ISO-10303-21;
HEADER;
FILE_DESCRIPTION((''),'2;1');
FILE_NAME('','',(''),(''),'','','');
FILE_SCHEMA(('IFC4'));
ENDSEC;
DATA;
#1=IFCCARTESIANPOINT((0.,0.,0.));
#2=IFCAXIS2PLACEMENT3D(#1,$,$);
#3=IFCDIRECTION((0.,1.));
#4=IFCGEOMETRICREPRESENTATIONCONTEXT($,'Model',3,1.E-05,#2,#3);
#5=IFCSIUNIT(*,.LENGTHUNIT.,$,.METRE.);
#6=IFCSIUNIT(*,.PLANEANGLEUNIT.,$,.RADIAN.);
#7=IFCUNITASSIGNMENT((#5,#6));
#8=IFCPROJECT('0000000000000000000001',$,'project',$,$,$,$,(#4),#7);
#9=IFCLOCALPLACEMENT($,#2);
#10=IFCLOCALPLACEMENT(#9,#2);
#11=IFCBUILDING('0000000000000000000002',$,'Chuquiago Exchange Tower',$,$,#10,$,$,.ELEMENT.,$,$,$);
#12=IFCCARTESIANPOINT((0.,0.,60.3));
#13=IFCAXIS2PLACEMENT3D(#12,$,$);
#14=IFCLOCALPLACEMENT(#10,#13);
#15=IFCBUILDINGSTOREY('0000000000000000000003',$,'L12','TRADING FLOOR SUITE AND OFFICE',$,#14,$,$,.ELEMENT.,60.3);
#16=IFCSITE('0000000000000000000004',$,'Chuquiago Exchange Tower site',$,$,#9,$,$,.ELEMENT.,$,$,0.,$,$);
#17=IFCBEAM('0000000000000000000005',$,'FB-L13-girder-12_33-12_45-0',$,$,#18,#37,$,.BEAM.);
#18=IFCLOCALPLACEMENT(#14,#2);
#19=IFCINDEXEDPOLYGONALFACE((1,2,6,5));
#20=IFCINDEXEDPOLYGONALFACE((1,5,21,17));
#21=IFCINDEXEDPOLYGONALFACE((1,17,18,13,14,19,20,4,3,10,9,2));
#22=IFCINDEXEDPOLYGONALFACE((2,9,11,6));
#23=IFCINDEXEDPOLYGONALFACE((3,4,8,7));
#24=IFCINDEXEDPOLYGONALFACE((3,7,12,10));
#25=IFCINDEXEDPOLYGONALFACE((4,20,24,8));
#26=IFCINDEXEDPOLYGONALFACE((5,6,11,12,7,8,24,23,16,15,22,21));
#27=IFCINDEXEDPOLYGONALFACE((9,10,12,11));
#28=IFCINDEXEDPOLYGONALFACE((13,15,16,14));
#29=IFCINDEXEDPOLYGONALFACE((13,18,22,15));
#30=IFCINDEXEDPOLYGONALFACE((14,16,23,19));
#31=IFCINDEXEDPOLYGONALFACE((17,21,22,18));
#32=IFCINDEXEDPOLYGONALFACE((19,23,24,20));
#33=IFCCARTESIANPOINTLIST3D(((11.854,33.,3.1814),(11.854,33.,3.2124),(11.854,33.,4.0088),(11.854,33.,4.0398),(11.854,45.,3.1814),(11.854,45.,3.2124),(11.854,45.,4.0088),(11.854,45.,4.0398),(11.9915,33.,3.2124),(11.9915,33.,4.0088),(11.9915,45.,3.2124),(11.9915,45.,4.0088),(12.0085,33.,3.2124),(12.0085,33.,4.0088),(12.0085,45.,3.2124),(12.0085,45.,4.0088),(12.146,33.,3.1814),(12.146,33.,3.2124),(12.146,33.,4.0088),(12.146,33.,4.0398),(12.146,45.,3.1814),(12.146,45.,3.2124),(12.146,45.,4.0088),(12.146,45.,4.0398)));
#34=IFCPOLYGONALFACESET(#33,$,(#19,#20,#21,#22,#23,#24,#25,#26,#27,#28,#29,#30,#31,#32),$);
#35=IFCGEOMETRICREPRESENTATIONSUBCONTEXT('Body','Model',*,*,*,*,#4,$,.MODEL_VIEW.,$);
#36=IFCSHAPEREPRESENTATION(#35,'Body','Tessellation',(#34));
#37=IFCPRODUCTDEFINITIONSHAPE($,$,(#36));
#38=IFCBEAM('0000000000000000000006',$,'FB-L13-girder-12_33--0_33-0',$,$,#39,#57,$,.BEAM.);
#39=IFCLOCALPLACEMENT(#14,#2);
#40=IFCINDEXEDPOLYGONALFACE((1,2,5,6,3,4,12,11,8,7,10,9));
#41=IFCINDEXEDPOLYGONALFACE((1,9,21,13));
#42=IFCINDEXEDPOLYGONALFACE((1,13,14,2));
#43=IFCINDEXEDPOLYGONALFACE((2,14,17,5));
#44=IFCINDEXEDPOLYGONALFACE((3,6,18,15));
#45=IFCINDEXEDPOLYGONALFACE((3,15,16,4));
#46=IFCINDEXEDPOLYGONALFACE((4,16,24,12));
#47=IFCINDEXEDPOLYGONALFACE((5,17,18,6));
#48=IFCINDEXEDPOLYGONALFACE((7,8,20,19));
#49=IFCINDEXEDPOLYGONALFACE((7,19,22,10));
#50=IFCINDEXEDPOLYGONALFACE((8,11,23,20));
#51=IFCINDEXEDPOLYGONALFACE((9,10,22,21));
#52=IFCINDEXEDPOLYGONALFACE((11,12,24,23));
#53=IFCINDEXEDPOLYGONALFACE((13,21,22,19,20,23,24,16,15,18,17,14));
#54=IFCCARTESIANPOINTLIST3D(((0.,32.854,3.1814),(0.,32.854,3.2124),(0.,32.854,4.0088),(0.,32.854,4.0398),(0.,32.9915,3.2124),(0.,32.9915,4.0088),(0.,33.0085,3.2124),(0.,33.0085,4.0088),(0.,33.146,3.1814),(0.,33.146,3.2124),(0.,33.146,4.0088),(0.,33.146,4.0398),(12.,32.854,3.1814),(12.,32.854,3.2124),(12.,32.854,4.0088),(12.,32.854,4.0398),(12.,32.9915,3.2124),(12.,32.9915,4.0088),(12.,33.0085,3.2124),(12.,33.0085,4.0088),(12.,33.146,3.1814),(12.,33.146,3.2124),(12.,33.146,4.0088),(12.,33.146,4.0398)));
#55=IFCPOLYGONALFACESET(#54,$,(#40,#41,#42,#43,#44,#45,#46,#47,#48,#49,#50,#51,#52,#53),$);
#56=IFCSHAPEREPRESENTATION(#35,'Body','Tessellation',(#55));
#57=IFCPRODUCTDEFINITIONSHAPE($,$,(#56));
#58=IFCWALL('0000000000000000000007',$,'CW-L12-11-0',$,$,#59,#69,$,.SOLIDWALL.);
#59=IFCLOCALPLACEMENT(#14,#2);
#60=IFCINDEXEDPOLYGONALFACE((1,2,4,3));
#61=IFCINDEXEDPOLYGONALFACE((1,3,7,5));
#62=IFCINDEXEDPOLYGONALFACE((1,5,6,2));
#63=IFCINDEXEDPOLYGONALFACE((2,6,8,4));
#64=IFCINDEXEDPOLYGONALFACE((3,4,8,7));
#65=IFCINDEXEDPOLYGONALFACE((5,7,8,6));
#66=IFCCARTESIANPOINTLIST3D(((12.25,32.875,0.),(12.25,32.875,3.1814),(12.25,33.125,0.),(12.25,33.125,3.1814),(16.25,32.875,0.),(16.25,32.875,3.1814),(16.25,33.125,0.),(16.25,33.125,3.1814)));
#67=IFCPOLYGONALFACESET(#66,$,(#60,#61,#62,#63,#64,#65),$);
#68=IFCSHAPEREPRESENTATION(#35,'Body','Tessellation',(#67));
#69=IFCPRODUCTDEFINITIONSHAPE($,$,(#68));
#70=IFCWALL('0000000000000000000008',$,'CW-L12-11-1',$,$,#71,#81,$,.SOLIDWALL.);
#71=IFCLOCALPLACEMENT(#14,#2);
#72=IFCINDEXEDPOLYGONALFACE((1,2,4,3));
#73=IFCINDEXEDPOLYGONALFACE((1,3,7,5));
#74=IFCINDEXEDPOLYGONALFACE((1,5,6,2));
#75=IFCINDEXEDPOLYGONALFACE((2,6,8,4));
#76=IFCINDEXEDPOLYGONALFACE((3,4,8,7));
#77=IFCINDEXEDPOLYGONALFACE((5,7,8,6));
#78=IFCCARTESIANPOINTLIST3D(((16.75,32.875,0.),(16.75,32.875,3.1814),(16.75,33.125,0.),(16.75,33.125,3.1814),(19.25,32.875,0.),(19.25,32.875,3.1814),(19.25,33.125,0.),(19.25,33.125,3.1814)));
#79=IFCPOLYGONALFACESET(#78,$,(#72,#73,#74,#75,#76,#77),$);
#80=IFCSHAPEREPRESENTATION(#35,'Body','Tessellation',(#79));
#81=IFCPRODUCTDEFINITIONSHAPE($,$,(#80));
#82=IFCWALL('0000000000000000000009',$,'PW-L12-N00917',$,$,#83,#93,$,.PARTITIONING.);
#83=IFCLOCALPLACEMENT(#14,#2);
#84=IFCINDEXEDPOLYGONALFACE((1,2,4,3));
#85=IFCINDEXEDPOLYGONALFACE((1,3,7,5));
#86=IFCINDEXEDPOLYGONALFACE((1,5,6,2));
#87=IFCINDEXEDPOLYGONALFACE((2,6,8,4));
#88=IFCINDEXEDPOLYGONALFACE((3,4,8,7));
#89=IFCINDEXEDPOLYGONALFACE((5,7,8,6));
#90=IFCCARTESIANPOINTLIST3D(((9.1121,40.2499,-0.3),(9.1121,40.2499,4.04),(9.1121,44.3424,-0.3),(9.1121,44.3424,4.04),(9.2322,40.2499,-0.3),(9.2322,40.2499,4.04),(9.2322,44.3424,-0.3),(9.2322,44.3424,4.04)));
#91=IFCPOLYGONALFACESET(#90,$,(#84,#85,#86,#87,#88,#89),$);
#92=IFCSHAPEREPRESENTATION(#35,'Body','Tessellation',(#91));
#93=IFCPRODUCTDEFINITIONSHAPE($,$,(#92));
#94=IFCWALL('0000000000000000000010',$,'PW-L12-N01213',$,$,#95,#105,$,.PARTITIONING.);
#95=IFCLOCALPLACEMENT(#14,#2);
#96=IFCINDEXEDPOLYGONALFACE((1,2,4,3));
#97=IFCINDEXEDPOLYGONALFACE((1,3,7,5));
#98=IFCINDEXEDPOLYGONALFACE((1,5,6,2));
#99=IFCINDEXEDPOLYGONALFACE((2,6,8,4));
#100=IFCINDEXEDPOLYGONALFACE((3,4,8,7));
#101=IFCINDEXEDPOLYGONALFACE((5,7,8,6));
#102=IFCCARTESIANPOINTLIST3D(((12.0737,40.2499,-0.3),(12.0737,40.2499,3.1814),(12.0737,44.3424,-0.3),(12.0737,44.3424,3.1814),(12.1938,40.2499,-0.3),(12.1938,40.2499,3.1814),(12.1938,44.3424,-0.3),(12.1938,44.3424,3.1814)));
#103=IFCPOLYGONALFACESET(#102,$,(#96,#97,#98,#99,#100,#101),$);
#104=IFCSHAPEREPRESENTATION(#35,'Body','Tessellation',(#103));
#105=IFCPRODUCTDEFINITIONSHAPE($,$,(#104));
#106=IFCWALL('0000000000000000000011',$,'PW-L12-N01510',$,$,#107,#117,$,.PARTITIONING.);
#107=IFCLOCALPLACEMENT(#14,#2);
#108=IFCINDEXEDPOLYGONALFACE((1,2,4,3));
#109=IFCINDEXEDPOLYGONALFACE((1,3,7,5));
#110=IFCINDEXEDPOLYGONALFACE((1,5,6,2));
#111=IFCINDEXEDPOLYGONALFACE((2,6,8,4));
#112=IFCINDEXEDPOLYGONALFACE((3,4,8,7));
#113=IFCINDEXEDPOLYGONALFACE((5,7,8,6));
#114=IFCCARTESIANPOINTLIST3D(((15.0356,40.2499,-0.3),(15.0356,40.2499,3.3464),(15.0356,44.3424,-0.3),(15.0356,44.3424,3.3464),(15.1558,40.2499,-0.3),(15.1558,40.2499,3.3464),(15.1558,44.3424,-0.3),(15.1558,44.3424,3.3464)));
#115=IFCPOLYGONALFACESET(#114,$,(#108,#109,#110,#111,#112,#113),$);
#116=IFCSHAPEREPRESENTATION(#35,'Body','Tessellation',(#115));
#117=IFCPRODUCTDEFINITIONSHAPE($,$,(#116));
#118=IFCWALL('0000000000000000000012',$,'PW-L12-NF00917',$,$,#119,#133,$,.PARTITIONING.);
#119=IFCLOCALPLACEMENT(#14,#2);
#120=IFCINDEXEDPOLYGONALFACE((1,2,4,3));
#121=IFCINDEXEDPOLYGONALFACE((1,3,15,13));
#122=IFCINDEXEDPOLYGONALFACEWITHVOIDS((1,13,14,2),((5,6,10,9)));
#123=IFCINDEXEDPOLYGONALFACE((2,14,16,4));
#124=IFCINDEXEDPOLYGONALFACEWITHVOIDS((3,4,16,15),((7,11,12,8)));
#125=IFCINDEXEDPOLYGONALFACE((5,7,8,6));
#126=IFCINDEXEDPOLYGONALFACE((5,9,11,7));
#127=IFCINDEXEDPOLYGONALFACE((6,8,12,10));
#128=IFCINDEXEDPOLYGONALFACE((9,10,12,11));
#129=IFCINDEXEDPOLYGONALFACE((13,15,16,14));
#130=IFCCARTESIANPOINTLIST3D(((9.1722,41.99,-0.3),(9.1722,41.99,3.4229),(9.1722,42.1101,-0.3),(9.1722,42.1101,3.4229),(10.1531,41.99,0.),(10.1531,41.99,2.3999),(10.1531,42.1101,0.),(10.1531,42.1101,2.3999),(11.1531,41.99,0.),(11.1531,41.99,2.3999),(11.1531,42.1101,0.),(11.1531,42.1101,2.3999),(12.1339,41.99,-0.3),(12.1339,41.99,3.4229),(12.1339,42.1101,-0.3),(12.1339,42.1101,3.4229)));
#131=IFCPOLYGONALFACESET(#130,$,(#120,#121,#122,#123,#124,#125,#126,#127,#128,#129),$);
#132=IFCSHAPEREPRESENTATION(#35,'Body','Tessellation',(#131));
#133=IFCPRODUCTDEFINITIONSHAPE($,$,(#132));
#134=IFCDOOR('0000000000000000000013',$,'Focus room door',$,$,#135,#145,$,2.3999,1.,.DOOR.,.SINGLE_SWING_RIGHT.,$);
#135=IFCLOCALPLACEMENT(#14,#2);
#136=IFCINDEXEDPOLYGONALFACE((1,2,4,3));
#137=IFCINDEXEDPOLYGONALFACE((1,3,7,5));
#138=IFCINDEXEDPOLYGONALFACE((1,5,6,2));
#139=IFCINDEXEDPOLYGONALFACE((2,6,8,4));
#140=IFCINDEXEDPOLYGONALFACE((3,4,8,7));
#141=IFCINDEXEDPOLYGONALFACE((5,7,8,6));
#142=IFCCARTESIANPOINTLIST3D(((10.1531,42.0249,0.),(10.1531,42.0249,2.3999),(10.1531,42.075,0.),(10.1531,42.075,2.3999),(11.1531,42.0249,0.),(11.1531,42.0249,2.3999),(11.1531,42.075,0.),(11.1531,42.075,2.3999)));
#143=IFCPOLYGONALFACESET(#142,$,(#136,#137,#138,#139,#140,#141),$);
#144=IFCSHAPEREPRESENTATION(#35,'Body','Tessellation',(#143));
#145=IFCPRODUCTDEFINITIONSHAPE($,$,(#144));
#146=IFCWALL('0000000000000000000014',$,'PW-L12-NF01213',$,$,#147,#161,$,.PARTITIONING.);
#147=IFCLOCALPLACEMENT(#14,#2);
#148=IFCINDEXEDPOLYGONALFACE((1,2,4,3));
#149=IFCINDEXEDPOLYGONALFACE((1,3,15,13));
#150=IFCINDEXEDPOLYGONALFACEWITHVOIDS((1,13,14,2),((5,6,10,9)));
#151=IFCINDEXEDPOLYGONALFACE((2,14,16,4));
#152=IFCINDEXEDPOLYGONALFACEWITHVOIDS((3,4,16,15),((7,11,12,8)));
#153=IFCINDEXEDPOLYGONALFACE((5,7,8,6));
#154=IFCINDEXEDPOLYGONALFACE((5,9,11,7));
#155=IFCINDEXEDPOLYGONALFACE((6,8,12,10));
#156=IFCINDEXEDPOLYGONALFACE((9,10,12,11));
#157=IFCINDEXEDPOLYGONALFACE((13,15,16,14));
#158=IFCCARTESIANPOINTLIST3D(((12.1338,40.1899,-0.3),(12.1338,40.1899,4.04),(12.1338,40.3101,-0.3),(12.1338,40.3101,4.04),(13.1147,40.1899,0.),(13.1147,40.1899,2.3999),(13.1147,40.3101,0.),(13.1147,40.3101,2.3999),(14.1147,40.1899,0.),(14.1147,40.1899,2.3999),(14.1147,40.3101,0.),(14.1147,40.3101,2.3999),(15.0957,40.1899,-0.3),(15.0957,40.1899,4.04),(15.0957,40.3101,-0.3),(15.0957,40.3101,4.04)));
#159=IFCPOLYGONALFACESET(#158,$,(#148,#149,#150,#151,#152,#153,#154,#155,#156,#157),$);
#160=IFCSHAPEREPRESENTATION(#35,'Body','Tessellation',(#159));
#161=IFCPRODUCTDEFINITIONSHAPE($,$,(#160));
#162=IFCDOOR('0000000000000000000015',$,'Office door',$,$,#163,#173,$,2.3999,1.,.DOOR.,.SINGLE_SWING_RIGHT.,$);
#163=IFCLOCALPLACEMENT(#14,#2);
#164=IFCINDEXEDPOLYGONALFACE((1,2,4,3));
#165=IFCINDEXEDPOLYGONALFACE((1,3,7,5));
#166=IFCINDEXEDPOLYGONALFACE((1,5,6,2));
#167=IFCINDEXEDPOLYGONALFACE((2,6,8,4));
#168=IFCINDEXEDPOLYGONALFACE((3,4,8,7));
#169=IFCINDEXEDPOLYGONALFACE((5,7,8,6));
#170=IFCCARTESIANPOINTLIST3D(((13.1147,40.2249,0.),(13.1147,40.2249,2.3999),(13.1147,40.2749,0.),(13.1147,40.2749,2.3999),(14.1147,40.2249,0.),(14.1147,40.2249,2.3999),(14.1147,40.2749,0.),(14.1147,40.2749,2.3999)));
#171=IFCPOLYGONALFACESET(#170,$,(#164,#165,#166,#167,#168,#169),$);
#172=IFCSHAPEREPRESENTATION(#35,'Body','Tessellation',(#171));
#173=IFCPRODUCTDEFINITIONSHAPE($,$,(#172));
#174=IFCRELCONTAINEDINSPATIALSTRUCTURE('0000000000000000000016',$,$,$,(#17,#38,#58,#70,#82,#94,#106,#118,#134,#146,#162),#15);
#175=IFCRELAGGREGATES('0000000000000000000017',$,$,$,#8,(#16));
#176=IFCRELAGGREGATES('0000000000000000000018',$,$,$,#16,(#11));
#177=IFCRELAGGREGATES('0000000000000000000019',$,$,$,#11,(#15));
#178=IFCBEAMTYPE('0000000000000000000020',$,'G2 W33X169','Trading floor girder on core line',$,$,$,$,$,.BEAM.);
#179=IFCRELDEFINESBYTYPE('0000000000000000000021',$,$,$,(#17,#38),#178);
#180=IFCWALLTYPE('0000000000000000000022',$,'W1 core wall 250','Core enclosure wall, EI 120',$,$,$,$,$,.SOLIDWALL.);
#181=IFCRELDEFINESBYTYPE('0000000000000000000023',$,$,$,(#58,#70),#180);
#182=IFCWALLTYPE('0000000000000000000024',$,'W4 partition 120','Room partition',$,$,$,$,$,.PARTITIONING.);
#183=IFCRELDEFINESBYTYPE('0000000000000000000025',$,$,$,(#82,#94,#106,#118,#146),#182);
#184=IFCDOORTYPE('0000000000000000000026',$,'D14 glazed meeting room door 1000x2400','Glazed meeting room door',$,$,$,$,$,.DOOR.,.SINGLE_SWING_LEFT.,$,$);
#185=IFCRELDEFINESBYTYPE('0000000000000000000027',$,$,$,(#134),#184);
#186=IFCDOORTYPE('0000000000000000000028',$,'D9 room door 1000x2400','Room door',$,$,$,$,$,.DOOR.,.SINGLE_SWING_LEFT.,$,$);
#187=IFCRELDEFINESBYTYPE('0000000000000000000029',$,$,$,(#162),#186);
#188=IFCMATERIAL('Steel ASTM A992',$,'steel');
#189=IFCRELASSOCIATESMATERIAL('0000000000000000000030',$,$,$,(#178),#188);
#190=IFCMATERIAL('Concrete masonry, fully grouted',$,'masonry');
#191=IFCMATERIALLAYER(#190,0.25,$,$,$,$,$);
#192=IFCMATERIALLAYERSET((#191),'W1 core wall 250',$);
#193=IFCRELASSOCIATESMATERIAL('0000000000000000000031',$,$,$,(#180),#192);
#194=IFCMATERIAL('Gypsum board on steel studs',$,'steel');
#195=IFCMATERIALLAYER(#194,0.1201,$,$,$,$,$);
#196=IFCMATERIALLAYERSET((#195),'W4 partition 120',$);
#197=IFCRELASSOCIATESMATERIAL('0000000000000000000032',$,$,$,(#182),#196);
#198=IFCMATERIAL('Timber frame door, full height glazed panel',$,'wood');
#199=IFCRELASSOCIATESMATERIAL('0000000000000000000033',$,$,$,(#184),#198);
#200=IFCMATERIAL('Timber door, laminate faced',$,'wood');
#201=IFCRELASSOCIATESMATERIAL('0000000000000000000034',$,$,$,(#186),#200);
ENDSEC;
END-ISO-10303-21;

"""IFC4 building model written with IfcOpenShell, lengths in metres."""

from ifc_helpers import new_model, si_unit, direction, frame, frame_2d, origin, origin_2d, place, context, subcontext, project, spatial, rectangle, i_section, extrude, material, layer, layer_set, material_profile, profile_set, type_object, element, fill, save


model = new_model("IFC4")

# Units and contexts
model_context = context("Model", 3, precision=1e-05, world=origin(), true_north=direction((0.0, 1.0)))
body_context = subcontext(model_context, "Body", "Model", "MODEL_VIEW")
ifc_project = project(units=[si_unit("LENGTHUNIT", "METRE"), si_unit("PLANEANGLEUNIT", "RADIAN")], contexts=[model_context])

# Site, building, storey
site_placement = place(None, origin())
site = spatial("IfcSite", under=ifc_project, at=site_placement, Name="Chuquiago Exchange Tower site", CompositionType="ELEMENT", RefElevation=0.0)
building_placement = place(site_placement, origin())
building = spatial("IfcBuilding", under=site, at=building_placement, Name="Chuquiago Exchange Tower", CompositionType="ELEMENT")
storey_placement = place(building_placement, frame((0.0, 0.0, 60.3)))
storey = spatial("IfcBuildingStorey", under=building, at=storey_placement, Name="L12", Description="TRADING FLOOR SUITE AND OFFICE", CompositionType="ELEMENT", Elevation=60.3)

# Beams
ifc_material_1 = material(Name="Steel ASTM A992", Category="steel")
ifc_material_profile_1 = material_profile(ifc_material_1, i_section(OverallWidth=0.292, OverallDepth=0.8584, WebThickness=0.0171, FlangeThickness=0.031, at=origin_2d()), Name="W33X169")
ifc_profile_set_1 = profile_set([ifc_material_profile_1], Name="Steel ASTM A992")
beam_type_1 = type_object("IfcBeamType", Name="G2 W33X169", Description="Trading floor girder on core line", PredefinedType="BEAM", material=ifc_profile_set_1)
for number, where, z_axis, x_axis, name in (
    (1, (12.0, 33.0, 3.6106), (0.0, 1.0, 0.0), (-1.0, 0.0, 0.0), "FB-L13-girder-12_33-12_45-0"),
    (2, (12.0, 33.0, 3.6106), (-1.0, 0.0, 0.0), (0.0, -1.0, 0.0), "FB-L13-girder-12_33--0_33-0"),
):
    element("IfcBeam", number, at=place(storey_placement, frame(where, z_axis=z_axis, x_axis=x_axis)), inside=storey, type_object=beam_type_1, Name=name, PredefinedType="BEAM", context=body_context, shape_type="SweptSolid", body=[
        extrude(i_section(OverallWidth=0.292, OverallDepth=0.8584, WebThickness=0.0171, FlangeThickness=0.031, at=origin_2d()), origin(), (0.0, 0.0, 1.0), 12.0),
    ])

# Walls
ifc_material_2 = material(Name="Concrete masonry, fully grouted", Category="masonry")
ifc_layer_1 = layer(ifc_material_2, 0.25)
ifc_layer_set_1 = layer_set([ifc_layer_1], Name="W1 core wall 250")
wall_type_1 = type_object("IfcWallType", Name="W1 core wall 250", Description="Core enclosure wall, EI 120", PredefinedType="SOLIDWALL", material=ifc_layer_set_1)
wall_1_placement = place(storey_placement, frame((12.25, 33.0, 0.0), z_axis=(0.0, 0.0, 1.0), x_axis=(1.0, 0.0, 0.0)))
element("IfcWall", 3, at=wall_1_placement, inside=storey, type_object=wall_type_1, Name="CW-L12-11-0", PredefinedType="SOLIDWALL", context=body_context, shape_type="SweptSolid", body=[
    extrude(rectangle(XDim=4.0, YDim=0.25, at=frame_2d((2.0, 0.0))), origin(), (0.0, 0.0, 1.0), 3.1814),
])
wall_2_placement = place(storey_placement, frame((16.75, 33.0, 0.0), z_axis=(0.0, 0.0, 1.0), x_axis=(1.0, 0.0, 0.0)))
element("IfcWall", 4, at=wall_2_placement, inside=storey, type_object=wall_type_1, Name="CW-L12-11-1", PredefinedType="SOLIDWALL", context=body_context, shape_type="SweptSolid", body=[
    extrude(rectangle(XDim=2.5, YDim=0.25, at=frame_2d((1.25, 0.0))), origin(), (0.0, 0.0, 1.0), 3.1814),
])
ifc_material_3 = material(Name="Gypsum board on steel studs", Category="steel")
ifc_layer_2 = layer(ifc_material_3, 0.1201)
ifc_layer_set_2 = layer_set([ifc_layer_2], Name="W4 partition 120")
wall_type_2 = type_object("IfcWallType", Name="W4 partition 120", Description="Room partition", PredefinedType="PARTITIONING", material=ifc_layer_set_2)
wall_3_placement = place(storey_placement, frame((9.1721, 44.3425, -0.3), z_axis=(0.0, 0.0, 1.0), x_axis=(0.0, -1.0, 0.0)))
element("IfcWall", 5, at=wall_3_placement, inside=storey, type_object=wall_type_2, Name="PW-L12-N00917", PredefinedType="PARTITIONING", context=body_context, shape_type="SweptSolid", body=[
    extrude(rectangle(XDim=4.0925, YDim=0.1201, at=frame_2d((2.0464, 0.0))), origin(), (0.0, 0.0, 1.0), 4.3401),
])
wall_4_placement = place(storey_placement, frame((12.1338, 44.3425, -0.3), z_axis=(0.0, 0.0, 1.0), x_axis=(0.0, -1.0, 0.0)))
element("IfcWall", 6, at=wall_4_placement, inside=storey, type_object=wall_type_2, Name="PW-L12-N01213", PredefinedType="PARTITIONING", context=body_context, shape_type="SweptSolid", body=[
    extrude(rectangle(XDim=4.0925, YDim=0.1201, at=frame_2d((2.0464, 0.0))), origin(), (0.0, 0.0, 1.0), 3.4814),
])
wall_5_placement = place(storey_placement, frame((15.0957, 44.3425, -0.3), z_axis=(0.0, 0.0, 1.0), x_axis=(0.0, -1.0, 0.0)))
element("IfcWall", 7, at=wall_5_placement, inside=storey, type_object=wall_type_2, Name="PW-L12-N01510", PredefinedType="PARTITIONING", context=body_context, shape_type="SweptSolid", body=[
    extrude(rectangle(XDim=4.0925, YDim=0.1201, at=frame_2d((2.0464, 0.0))), origin(), (0.0, 0.0, 1.0), 3.6465),
])

# Walls, openings, doors
wall_6_placement = place(storey_placement, frame((9.1721, 42.05, -0.3), z_axis=(0.0, 0.0, 1.0), x_axis=(1.0, 0.0, 0.0)))
wall_6 = element("IfcWall", 8, at=wall_6_placement, inside=storey, type_object=wall_type_2, Name="PW-L12-NF00917", PredefinedType="PARTITIONING", context=body_context, shape_type="SweptSolid", body=[
    extrude(rectangle(XDim=2.9617, YDim=0.1201, at=frame_2d((1.481, 0.0))), origin(), (0.0, 0.0, 1.0), 3.7229),
])
opening_1_placement = place(wall_6_placement, frame((0.981, 0.0, 0.3)))
opening_1 = element("IfcOpeningElement", 9, at=opening_1_placement, cuts=wall_6, PredefinedType="OPENING", context=body_context, shape_type="SweptSolid", body=[
    extrude(rectangle(XDim=1.0, YDim=2.3999, at=frame_2d((0.5, 1.2))), frame((0.0, 0.0701, 0.0), z_axis=(0.0, -1.0, 0.0), x_axis=(1.0, 0.0, 0.0)), (0.0, 0.0, 1.0), 0.1401),
])
ifc_material_4 = material(Name="Timber frame door, full height glazed panel", Category="wood")
door_type_1 = type_object("IfcDoorType", Name="D14 glazed meeting room door 1000x2400", Description="Glazed meeting room door", OperationType="SINGLE_SWING_LEFT", PredefinedType="DOOR", material=ifc_material_4)
door_1_placement = place(opening_1_placement, origin())
door_1 = element("IfcDoor", 10, at=door_1_placement, inside=storey, type_object=door_type_1, Name="Focus room door", OperationType="SINGLE_SWING_RIGHT", OverallHeight=2.3999, OverallWidth=1.0, PredefinedType="DOOR", context=body_context, shape_type="SweptSolid", body=[
    extrude(rectangle(XDim=1.0, YDim=2.3999, at=frame_2d((0.5, 1.2))), frame((0.0, 0.0249, 0.0), z_axis=(0.0, -1.0, 0.0), x_axis=(1.0, 0.0, 0.0)), (0.0, 0.0, 1.0), 0.05),
])
fill(opening_1, door_1)
wall_7_placement = place(storey_placement, frame((12.1338, 40.25, -0.3), z_axis=(0.0, 0.0, 1.0), x_axis=(1.0, 0.0, 0.0)))
wall_7 = element("IfcWall", 11, at=wall_7_placement, inside=storey, type_object=wall_type_2, Name="PW-L12-NF01213", PredefinedType="PARTITIONING", context=body_context, shape_type="SweptSolid", body=[
    extrude(rectangle(XDim=2.9619, YDim=0.1201, at=frame_2d((1.481, 0.0))), origin(), (0.0, 0.0, 1.0), 4.3401),
])
opening_2_placement = place(wall_7_placement, frame((0.981, 0.0, 0.3)))
opening_2 = element("IfcOpeningElement", 12, at=opening_2_placement, cuts=wall_7, PredefinedType="OPENING", context=body_context, shape_type="SweptSolid", body=[
    extrude(rectangle(XDim=1.0, YDim=2.3999, at=frame_2d((0.5, 1.2))), frame((0.0, 0.0701, 0.0), z_axis=(0.0, -1.0, 0.0), x_axis=(1.0, 0.0, 0.0)), (0.0, 0.0, 1.0), 0.1401),
])
ifc_material_5 = material(Name="Timber door, laminate faced", Category="wood")
door_type_2 = type_object("IfcDoorType", Name="D9 room door 1000x2400", Description="Room door", OperationType="SINGLE_SWING_LEFT", PredefinedType="DOOR", material=ifc_material_5)
door_2_placement = place(opening_2_placement, origin())
door_2 = element("IfcDoor", 13, at=door_2_placement, inside=storey, type_object=door_type_2, Name="Office door", OperationType="SINGLE_SWING_RIGHT", OverallHeight=2.3999, OverallWidth=1.0, PredefinedType="DOOR", context=body_context, shape_type="SweptSolid", body=[
    extrude(rectangle(XDim=1.0, YDim=2.3999, at=frame_2d((0.5, 1.2))), frame((0.0, 0.0249, 0.0), z_axis=(0.0, -1.0, 0.0), x_axis=(1.0, 0.0, 0.0)), (0.0, 0.0, 1.0), 0.05),
])
fill(opening_2, door_2)

save(model, "model.ifc")
